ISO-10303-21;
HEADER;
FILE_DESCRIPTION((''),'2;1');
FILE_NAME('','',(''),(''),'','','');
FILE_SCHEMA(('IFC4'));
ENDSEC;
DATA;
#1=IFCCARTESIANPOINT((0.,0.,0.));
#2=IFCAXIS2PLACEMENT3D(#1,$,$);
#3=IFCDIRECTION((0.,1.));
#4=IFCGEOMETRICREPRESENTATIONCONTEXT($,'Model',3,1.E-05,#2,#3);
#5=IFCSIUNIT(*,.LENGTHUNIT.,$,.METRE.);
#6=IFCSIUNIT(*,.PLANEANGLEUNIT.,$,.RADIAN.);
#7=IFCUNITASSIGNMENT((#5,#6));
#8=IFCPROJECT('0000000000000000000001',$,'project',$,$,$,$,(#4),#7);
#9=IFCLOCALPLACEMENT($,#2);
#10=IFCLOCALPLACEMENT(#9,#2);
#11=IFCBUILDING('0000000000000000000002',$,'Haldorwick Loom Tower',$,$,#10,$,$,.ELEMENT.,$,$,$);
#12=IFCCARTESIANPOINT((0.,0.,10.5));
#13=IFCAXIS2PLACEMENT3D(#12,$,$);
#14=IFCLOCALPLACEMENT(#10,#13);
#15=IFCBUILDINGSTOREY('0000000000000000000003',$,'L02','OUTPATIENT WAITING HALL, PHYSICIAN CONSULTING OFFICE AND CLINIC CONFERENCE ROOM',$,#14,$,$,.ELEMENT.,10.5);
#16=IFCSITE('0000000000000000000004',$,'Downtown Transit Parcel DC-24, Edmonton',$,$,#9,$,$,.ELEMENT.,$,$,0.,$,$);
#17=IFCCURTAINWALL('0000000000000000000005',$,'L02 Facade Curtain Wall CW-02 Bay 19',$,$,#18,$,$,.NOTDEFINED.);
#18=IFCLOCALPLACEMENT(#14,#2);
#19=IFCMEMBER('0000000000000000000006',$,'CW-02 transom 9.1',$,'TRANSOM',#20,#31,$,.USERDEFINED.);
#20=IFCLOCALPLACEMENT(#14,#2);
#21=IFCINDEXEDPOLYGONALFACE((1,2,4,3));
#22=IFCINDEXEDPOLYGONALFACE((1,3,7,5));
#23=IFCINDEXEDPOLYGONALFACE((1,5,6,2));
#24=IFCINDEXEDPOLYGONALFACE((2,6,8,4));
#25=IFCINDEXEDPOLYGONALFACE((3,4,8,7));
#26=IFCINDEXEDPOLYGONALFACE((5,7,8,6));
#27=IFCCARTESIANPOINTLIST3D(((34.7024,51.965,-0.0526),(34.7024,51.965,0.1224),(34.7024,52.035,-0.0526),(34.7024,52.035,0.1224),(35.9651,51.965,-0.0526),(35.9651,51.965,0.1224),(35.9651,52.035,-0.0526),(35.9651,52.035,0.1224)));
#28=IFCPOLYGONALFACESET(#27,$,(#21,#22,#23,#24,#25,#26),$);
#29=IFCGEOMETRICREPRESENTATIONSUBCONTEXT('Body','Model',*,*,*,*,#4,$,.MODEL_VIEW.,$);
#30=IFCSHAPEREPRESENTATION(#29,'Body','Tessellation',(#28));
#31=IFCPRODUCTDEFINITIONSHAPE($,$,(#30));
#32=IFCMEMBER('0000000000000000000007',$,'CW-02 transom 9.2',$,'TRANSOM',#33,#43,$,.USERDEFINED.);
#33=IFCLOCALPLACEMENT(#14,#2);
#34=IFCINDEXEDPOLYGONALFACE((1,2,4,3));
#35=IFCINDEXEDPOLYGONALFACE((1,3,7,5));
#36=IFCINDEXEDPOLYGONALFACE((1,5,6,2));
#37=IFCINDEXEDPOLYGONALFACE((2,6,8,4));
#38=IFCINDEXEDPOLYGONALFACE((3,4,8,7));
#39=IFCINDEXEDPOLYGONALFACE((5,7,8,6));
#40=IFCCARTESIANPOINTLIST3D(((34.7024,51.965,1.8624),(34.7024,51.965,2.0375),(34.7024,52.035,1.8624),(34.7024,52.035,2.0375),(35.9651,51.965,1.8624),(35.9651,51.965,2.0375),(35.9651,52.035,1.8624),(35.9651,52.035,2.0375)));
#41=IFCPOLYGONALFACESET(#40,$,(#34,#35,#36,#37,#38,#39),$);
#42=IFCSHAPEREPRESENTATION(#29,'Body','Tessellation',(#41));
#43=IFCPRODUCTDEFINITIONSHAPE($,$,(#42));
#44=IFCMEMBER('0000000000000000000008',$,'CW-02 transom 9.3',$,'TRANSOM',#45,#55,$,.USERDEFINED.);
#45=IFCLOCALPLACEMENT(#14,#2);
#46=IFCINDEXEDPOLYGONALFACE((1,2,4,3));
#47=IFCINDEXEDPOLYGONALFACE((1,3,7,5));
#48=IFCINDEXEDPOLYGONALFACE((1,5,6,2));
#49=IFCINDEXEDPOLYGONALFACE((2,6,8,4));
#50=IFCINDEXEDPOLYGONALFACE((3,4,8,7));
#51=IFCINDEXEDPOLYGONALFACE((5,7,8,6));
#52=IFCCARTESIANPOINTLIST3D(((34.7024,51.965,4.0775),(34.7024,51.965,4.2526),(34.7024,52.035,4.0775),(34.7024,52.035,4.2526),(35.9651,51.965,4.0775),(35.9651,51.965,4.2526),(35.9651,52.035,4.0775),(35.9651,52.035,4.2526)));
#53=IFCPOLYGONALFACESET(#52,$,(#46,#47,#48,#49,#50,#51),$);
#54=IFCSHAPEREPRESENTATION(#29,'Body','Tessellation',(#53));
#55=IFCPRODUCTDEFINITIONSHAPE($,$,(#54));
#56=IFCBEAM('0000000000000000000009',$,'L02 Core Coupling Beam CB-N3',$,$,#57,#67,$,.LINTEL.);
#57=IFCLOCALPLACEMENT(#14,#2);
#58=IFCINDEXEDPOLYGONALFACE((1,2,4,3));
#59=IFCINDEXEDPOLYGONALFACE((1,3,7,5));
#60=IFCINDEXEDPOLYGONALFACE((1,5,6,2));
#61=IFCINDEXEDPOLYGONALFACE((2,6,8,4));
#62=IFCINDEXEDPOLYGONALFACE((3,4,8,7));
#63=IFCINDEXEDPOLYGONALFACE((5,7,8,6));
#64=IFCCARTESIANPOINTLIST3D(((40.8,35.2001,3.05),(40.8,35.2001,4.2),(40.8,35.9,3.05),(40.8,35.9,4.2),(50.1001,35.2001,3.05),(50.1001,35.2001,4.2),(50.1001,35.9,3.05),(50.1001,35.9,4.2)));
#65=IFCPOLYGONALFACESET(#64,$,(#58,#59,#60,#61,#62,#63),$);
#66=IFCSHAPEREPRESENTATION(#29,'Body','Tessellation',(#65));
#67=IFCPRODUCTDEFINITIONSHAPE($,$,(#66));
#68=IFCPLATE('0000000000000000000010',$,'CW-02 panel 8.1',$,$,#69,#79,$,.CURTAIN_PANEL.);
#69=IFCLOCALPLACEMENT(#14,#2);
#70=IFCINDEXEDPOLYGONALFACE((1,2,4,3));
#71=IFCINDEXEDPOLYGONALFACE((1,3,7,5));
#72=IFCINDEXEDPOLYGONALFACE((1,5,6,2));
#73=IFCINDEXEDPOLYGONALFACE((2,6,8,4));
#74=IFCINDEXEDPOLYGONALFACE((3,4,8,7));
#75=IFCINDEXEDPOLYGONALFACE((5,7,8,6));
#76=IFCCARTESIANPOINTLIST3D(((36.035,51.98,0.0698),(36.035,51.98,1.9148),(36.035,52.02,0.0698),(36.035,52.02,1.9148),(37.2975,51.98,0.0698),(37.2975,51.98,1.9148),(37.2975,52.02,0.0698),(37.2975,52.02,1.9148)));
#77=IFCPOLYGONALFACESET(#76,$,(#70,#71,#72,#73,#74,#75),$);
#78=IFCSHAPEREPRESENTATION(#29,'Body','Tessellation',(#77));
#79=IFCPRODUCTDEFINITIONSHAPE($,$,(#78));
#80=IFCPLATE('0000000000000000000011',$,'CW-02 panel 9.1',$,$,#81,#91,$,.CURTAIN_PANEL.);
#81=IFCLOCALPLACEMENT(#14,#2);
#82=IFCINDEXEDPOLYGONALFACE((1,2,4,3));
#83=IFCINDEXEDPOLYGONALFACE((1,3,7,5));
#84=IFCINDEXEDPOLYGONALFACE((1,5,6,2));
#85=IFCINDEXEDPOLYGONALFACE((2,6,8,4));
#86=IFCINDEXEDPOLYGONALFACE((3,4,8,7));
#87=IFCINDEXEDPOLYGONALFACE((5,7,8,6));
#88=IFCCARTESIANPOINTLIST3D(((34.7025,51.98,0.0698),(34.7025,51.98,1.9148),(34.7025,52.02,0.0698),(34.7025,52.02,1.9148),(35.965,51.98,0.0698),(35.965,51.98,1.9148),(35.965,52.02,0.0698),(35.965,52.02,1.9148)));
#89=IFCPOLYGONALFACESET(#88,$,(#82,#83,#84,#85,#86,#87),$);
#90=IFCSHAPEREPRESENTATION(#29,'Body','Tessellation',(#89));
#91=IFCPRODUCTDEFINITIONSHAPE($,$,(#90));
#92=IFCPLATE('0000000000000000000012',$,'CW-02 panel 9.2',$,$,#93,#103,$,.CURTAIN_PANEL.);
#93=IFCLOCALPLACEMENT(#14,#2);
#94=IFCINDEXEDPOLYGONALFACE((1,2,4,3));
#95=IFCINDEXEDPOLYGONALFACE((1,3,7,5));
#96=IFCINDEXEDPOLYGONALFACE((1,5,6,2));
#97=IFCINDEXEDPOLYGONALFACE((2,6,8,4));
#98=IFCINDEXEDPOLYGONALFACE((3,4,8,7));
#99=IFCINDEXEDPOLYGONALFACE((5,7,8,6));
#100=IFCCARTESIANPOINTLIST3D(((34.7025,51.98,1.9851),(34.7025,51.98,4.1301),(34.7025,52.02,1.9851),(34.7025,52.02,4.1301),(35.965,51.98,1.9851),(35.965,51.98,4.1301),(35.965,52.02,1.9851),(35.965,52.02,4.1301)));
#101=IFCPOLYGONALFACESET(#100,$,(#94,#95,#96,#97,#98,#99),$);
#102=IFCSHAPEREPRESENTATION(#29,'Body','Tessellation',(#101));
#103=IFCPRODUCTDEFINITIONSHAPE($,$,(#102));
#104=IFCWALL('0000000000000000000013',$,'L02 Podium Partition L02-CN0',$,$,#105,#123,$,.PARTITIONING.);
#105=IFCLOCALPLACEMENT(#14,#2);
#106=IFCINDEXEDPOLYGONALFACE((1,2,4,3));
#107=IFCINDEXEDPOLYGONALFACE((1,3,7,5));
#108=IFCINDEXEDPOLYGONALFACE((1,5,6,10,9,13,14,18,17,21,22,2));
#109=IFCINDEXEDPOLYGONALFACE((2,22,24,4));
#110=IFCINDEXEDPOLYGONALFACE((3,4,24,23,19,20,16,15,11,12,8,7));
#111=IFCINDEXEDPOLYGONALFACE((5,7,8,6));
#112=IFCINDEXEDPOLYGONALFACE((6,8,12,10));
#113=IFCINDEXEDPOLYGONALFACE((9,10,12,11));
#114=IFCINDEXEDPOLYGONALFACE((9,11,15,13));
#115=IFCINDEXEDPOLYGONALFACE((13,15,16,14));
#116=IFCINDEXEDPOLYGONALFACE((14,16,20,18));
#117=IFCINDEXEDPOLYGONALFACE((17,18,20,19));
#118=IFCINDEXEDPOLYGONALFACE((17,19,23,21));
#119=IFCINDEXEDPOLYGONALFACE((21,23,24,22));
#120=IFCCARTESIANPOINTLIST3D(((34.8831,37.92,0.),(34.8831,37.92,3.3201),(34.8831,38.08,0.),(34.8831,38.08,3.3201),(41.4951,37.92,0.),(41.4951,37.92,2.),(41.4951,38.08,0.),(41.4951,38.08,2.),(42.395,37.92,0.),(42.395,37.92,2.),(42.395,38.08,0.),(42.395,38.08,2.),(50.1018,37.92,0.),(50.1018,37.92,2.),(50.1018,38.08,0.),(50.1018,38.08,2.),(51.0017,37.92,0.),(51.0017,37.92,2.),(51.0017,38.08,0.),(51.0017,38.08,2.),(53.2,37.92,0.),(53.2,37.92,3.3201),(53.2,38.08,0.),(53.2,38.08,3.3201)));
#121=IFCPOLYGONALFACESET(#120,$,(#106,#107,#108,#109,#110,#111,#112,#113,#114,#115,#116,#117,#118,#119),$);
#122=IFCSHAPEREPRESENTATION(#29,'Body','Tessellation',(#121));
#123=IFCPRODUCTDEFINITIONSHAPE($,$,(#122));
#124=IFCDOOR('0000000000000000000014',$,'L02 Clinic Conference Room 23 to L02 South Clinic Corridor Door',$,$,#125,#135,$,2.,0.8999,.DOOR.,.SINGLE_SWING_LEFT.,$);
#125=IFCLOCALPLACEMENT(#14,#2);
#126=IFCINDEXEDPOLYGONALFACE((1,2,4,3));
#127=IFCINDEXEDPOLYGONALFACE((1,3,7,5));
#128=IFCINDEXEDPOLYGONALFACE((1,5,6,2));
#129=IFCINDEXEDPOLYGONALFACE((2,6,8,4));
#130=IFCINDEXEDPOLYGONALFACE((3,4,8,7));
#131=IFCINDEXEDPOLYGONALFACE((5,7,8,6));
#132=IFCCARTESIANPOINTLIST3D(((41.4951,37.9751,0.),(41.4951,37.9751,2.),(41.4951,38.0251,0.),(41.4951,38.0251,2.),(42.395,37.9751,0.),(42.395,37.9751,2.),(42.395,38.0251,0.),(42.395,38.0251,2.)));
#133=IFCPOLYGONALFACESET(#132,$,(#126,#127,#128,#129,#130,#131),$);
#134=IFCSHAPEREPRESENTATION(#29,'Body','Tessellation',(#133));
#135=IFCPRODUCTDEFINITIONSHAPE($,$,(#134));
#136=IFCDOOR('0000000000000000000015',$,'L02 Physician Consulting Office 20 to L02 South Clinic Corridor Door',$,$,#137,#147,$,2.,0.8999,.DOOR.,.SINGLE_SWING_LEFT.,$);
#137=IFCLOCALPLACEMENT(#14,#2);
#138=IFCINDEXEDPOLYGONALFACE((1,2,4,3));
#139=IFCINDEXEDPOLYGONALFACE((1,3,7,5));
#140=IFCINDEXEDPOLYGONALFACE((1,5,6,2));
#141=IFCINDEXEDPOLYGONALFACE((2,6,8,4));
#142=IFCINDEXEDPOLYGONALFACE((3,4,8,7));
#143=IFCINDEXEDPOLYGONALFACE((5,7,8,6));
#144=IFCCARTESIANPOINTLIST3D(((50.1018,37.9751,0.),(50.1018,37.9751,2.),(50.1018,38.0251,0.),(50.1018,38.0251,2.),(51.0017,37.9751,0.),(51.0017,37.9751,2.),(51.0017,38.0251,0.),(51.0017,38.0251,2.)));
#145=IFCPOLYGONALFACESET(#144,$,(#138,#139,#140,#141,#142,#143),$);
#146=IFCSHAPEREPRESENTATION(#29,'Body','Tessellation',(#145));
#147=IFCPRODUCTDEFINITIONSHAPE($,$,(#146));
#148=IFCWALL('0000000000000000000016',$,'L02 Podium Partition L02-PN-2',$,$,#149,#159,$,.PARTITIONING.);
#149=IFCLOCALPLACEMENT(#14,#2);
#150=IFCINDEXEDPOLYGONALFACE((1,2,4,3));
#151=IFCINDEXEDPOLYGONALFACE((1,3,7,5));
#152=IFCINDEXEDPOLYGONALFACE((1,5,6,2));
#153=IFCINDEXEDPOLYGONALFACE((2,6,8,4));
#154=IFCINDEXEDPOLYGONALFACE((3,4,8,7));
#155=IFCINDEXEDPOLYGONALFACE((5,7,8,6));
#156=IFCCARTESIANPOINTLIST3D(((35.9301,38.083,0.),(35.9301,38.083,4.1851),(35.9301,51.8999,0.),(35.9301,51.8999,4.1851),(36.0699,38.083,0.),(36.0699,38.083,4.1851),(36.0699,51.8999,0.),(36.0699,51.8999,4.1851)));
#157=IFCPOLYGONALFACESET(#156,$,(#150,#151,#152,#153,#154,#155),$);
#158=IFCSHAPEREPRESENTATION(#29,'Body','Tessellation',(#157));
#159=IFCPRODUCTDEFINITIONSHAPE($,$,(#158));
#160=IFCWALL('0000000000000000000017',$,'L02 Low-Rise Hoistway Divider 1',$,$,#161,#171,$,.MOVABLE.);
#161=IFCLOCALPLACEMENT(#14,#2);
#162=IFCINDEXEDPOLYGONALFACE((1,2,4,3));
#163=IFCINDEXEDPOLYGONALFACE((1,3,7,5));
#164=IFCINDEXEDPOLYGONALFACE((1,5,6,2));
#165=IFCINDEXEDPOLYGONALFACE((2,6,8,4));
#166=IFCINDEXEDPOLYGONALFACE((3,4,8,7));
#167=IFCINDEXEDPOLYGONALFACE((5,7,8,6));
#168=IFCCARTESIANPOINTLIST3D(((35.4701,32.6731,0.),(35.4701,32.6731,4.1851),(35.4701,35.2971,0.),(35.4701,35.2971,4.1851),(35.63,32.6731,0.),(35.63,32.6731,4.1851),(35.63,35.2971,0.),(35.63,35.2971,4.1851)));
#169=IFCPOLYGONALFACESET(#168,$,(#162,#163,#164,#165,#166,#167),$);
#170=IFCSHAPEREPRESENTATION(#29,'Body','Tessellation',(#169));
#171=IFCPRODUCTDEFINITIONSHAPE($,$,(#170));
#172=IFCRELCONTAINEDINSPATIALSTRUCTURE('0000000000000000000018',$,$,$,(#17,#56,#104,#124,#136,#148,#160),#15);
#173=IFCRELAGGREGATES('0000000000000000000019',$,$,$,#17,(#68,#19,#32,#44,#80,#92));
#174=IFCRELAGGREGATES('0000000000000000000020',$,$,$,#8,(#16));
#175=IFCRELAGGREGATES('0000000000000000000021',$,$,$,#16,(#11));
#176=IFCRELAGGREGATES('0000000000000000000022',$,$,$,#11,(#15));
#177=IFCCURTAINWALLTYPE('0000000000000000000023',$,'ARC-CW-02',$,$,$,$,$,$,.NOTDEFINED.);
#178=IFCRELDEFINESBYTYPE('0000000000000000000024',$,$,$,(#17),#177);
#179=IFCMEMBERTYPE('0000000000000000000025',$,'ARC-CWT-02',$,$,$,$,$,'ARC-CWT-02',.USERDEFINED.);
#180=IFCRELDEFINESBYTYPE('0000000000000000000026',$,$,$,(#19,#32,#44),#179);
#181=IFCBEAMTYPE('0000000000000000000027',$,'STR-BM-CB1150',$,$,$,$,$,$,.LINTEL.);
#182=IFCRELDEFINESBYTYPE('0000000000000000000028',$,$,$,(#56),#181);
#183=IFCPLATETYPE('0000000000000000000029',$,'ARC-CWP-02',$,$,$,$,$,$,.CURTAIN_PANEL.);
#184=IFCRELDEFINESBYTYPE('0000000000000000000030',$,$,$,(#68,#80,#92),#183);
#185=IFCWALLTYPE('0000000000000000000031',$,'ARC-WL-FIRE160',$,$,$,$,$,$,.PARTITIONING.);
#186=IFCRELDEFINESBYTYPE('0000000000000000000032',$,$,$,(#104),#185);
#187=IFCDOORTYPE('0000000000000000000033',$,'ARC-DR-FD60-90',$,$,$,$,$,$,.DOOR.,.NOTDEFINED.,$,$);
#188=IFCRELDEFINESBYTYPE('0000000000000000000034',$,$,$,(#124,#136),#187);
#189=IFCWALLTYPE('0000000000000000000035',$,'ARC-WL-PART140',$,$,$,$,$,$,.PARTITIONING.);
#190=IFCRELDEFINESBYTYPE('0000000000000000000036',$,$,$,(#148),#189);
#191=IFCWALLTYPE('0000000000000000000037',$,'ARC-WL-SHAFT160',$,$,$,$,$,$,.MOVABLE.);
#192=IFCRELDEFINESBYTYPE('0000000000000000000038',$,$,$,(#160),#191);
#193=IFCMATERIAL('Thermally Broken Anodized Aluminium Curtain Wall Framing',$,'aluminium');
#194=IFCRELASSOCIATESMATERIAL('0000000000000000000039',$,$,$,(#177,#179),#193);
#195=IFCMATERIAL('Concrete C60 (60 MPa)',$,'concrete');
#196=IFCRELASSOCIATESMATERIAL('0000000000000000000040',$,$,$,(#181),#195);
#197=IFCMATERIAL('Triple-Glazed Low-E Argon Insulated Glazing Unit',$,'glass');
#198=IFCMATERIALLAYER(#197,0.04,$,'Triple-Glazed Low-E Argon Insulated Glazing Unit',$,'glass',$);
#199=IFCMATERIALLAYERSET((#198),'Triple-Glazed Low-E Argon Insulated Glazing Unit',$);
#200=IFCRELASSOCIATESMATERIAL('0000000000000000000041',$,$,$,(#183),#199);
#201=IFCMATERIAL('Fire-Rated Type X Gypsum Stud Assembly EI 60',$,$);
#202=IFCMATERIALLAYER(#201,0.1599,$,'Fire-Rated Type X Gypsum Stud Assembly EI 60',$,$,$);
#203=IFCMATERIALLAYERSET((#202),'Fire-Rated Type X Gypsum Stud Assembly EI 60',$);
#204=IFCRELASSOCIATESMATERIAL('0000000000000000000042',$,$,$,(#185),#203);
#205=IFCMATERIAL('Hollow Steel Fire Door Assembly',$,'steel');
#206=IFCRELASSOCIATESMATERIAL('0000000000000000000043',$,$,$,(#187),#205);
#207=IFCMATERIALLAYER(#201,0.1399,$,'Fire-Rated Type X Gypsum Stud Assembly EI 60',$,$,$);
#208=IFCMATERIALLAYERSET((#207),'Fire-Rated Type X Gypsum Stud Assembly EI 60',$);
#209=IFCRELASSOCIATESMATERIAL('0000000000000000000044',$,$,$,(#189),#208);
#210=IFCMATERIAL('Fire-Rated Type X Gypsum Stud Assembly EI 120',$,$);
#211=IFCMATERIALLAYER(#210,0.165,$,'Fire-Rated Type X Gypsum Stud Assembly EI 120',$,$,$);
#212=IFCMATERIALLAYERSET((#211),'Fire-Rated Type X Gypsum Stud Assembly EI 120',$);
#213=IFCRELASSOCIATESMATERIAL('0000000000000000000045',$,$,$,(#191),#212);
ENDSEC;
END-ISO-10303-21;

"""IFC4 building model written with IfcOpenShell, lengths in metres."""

from ifc_helpers import new_model, si_unit, direction, frame, frame_2d, origin, origin_2d, place, context, subcontext, project, spatial, rectangle, extrude, material, layer, layer_set, material_profile, profile_set, type_object, element, fill, aggregate, save


model = new_model("IFC4")

# Units and contexts
model_context = context("Model", 3, precision=1e-05, world=origin(), true_north=direction((0.0, 1.0)))
body_context = subcontext(model_context, "Body", "Model", "MODEL_VIEW")
ifc_project = project(units=[si_unit("LENGTHUNIT", "METRE"), si_unit("PLANEANGLEUNIT", "RADIAN")], contexts=[model_context])

# Site, building, storey
site_placement = place(None, origin())
site = spatial("IfcSite", under=ifc_project, at=site_placement, Name="Downtown Transit Parcel DC-24, Edmonton", CompositionType="ELEMENT", RefElevation=0.0)
building_placement = place(site_placement, origin())
building = spatial("IfcBuilding", under=site, at=building_placement, Name="Haldorwick Loom Tower", CompositionType="ELEMENT")
storey_placement = place(building_placement, frame((0.0, 0.0, 10.5)))
storey = spatial("IfcBuildingStorey", under=building, at=storey_placement, Name="L02", Description="OUTPATIENT WAITING HALL, PHYSICIAN CONSULTING OFFICE AND CLINIC CONFERENCE ROOM", CompositionType="ELEMENT", Elevation=10.5)

# Curtain wall, members
ifc_material_1 = material(Name="Thermally Broken Anodized Aluminium Curtain Wall Framing", Category="aluminium")
curtain_wall_type = type_object("IfcCurtainWallType", Name="ARC-CW-02", PredefinedType="NOTDEFINED", material=ifc_material_1)
curtain_wall_placement = place(storey_placement, origin())
curtain_wall = element("IfcCurtainWall", 1, at=curtain_wall_placement, inside=storey, type_object=curtain_wall_type, Name="L02 Facade Curtain Wall CW-02 Bay 19", PredefinedType="NOTDEFINED")
ifc_material_profile_1 = material_profile(ifc_material_1, rectangle(XDim=0.0701, YDim=0.175, at=origin_2d()), Name="ALU_TRN_70X175", Category="aluminium")
ifc_profile_set_1 = profile_set([ifc_material_profile_1], Name="Thermally Broken Anodized Aluminium Curtain Wall Framing")
member_type_1 = type_object("IfcMemberType", Name="ARC-CWT-02", ElementType="ARC-CWT-02", PredefinedType="USERDEFINED", material=ifc_profile_set_1)
member_1_placement = place(storey_placement, frame((35.9651, 52.0, 0.0349), z_axis=(-1.0, 0.0, 0.0), x_axis=(0.0, -1.0, 0.0)))
member_1 = element("IfcMember", 2, at=member_1_placement, type_object=member_type_1, Name="CW-02 transom 9.1", ObjectType="TRANSOM", PredefinedType="USERDEFINED", context=body_context, shape_type="SweptSolid", body=[
    extrude(rectangle(XDim=0.0701, YDim=0.175, at=origin_2d()), origin(), (0.0, 0.0, 1.0), 1.2627),
])
member_2_placement = place(storey_placement, frame((35.9651, 52.0, 1.95), z_axis=(-1.0, 0.0, 0.0), x_axis=(0.0, -1.0, 0.0)))
member_2 = element("IfcMember", 3, at=member_2_placement, type_object=member_type_1, Name="CW-02 transom 9.2", ObjectType="TRANSOM", PredefinedType="USERDEFINED", context=body_context, shape_type="SweptSolid", body=[
    extrude(rectangle(XDim=0.0701, YDim=0.175, at=origin_2d()), origin(), (0.0, 0.0, 1.0), 1.2627),
])
member_3_placement = place(storey_placement, frame((35.9651, 52.0, 4.165), z_axis=(-1.0, 0.0, 0.0), x_axis=(0.0, -1.0, 0.0)))
member_3 = element("IfcMember", 4, at=member_3_placement, type_object=member_type_1, Name="CW-02 transom 9.3", ObjectType="TRANSOM", PredefinedType="USERDEFINED", context=body_context, shape_type="SweptSolid", body=[
    extrude(rectangle(XDim=0.0701, YDim=0.175, at=origin_2d()), origin(), (0.0, 0.0, 1.0), 1.2627),
])

# Beam
ifc_material_2 = material(Name="Concrete C60 (60 MPa)", Category="concrete")
ifc_material_profile_2 = material_profile(ifc_material_2, rectangle(XDim=0.7, YDim=1.1499, at=origin_2d()), Name="RC700X1150", Category="concrete")
ifc_profile_set_2 = profile_set([ifc_material_profile_2], Name="Concrete C60 (60 MPa)")
beam_type = type_object("IfcBeamType", Name="STR-BM-CB1150", PredefinedType="LINTEL", material=ifc_profile_set_2)
beam_placement = place(storey_placement, frame((40.8, 35.55, 3.625), z_axis=(1.0, 0.0, 0.0), x_axis=(0.0, 1.0, 0.0)))
element("IfcBeam", 5, at=beam_placement, inside=storey, type_object=beam_type, Name="L02 Core Coupling Beam CB-N3", PredefinedType="LINTEL", context=body_context, shape_type="SweptSolid", body=[
    extrude(rectangle(XDim=0.7, YDim=1.1499, at=origin_2d()), origin(), (0.0, 0.0, 1.0), 9.3),
])

# Plates
ifc_material_3 = material(Name="Triple-Glazed Low-E Argon Insulated Glazing Unit", Category="glass")
ifc_layer_1 = layer(ifc_material_3, 0.04, Name="Triple-Glazed Low-E Argon Insulated Glazing Unit", Category="glass")
ifc_layer_set_1 = layer_set([ifc_layer_1], Name="Triple-Glazed Low-E Argon Insulated Glazing Unit")
plate_type = type_object("IfcPlateType", Name="ARC-CWP-02", PredefinedType="CURTAIN_PANEL", material=ifc_layer_set_1)
plate_1_placement = place(storey_placement, frame((36.6663, 52.0, 0.0698), z_axis=(0.0, 0.0, 1.0), x_axis=(-1.0, 0.0, 0.0)))
plate_1 = element("IfcPlate", 6, at=plate_1_placement, type_object=plate_type, Name="CW-02 panel 8.1", PredefinedType="CURTAIN_PANEL", context=body_context, shape_type="SweptSolid", body=[
    extrude(rectangle(XDim=1.2625, YDim=0.04, at=origin_2d()), origin(), (0.0, 0.0, 1.0), 1.845),
])
plate_2_placement = place(storey_placement, frame((35.3337, 52.0, 0.0698), z_axis=(0.0, 0.0, 1.0), x_axis=(-1.0, 0.0, 0.0)))
plate_2 = element("IfcPlate", 7, at=plate_2_placement, type_object=plate_type, Name="CW-02 panel 9.1", PredefinedType="CURTAIN_PANEL", context=body_context, shape_type="SweptSolid", body=[
    extrude(rectangle(XDim=1.2625, YDim=0.04, at=origin_2d()), origin(), (0.0, 0.0, 1.0), 1.845),
])
plate_3_placement = place(storey_placement, frame((35.3337, 52.0, 1.9851), z_axis=(0.0, 0.0, 1.0), x_axis=(-1.0, 0.0, 0.0)))
plate_3 = element("IfcPlate", 8, at=plate_3_placement, type_object=plate_type, Name="CW-02 panel 9.2", PredefinedType="CURTAIN_PANEL", context=body_context, shape_type="SweptSolid", body=[
    extrude(rectangle(XDim=1.2625, YDim=0.04, at=origin_2d()), origin(), (0.0, 0.0, 1.0), 2.145),
])
aggregate(curtain_wall, [plate_1, member_1, member_2, member_3, plate_2, plate_3])

# Wall, openings, doors
ifc_material_4 = material(Name="Fire-Rated Type X Gypsum Stud Assembly EI 60")
ifc_layer_2 = layer(ifc_material_4, 0.1599, Name="Fire-Rated Type X Gypsum Stud Assembly EI 60")
ifc_layer_set_2 = layer_set([ifc_layer_2], Name="Fire-Rated Type X Gypsum Stud Assembly EI 60")
wall_type_1 = type_object("IfcWallType", Name="ARC-WL-FIRE160", PredefinedType="PARTITIONING", material=ifc_layer_set_2)
wall_1_placement = place(storey_placement, frame((34.8831, 38.0, 0.0), z_axis=(0.0, 0.0, 1.0), x_axis=(1.0, 0.0, 0.0)))
wall_1 = element("IfcWall", 9, at=wall_1_placement, inside=storey, type_object=wall_type_1, Name="L02 Podium Partition L02-CN0", PredefinedType="PARTITIONING", context=body_context, shape_type="SweptSolid", body=[
    extrude(rectangle(XDim=18.3169, YDim=0.1599, at=frame_2d((9.1584, 0.0))), origin(), (0.0, 0.0, 1.0), 3.3201),
])
opening_1_placement = place(wall_1_placement, frame((6.6121, 0.0, 0.0)))
opening_1 = element("IfcOpeningElement", 10, at=opening_1_placement, cuts=wall_1, PredefinedType="OPENING", context=body_context, shape_type="SweptSolid", body=[
    extrude(rectangle(XDim=0.8999, YDim=2.0, at=frame_2d((0.45, 1.0))), frame((0.0, 0.0898, 0.0), z_axis=(0.0, -1.0, 0.0), x_axis=(1.0, 0.0, 0.0)), (0.0, 0.0, 1.0), 0.1799),
])
opening_2_placement = place(wall_1_placement, frame((15.2188, 0.0, 0.0)))
opening_2 = element("IfcOpeningElement", 11, at=opening_2_placement, cuts=wall_1, PredefinedType="OPENING", context=body_context, shape_type="SweptSolid", body=[
    extrude(rectangle(XDim=0.8999, YDim=2.0, at=frame_2d((0.45, 1.0))), frame((0.0, 0.0898, 0.0), z_axis=(0.0, -1.0, 0.0), x_axis=(1.0, 0.0, 0.0)), (0.0, 0.0, 1.0), 0.1799),
])
ifc_material_5 = material(Name="Hollow Steel Fire Door Assembly", Category="steel")
door_type = type_object("IfcDoorType", Name="ARC-DR-FD60-90", OperationType="NOTDEFINED", PredefinedType="DOOR", material=ifc_material_5)
door_1_placement = place(opening_1_placement, frame((0.8999, 0.0, 0.0), z_axis=(0.0, 0.0, 1.0), x_axis=(-1.0, 0.0, 0.0)))
door_1 = element("IfcDoor", 12, at=door_1_placement, inside=storey, type_object=door_type, Name="L02 Clinic Conference Room 23 to L02 South Clinic Corridor Door", OperationType="SINGLE_SWING_LEFT", OverallHeight=2.0, OverallWidth=0.8999, PredefinedType="DOOR", context=body_context, shape_type="SweptSolid", body=[
    extrude(rectangle(XDim=0.8999, YDim=2.0, at=frame_2d((0.45, 1.0))), frame((0.0, 0.0249, 0.0), z_axis=(0.0, -1.0, 0.0), x_axis=(1.0, 0.0, 0.0)), (0.0, 0.0, 1.0), 0.05),
])
fill(opening_1, door_1)
door_2_placement = place(opening_2_placement, frame((0.8999, 0.0, 0.0), z_axis=(0.0, 0.0, 1.0), x_axis=(-1.0, 0.0, 0.0)))
door_2 = element("IfcDoor", 13, at=door_2_placement, inside=storey, type_object=door_type, Name="L02 Physician Consulting Office 20 to L02 South Clinic Corridor Door", OperationType="SINGLE_SWING_LEFT", OverallHeight=2.0, OverallWidth=0.8999, PredefinedType="DOOR", context=body_context, shape_type="SweptSolid", body=[
    extrude(rectangle(XDim=0.8999, YDim=2.0, at=frame_2d((0.45, 1.0))), frame((0.0, 0.0249, 0.0), z_axis=(0.0, -1.0, 0.0), x_axis=(1.0, 0.0, 0.0)), (0.0, 0.0, 1.0), 0.05),
])
fill(opening_2, door_2)

# Walls
ifc_layer_3 = layer(ifc_material_4, 0.1399, Name="Fire-Rated Type X Gypsum Stud Assembly EI 60")
ifc_layer_set_3 = layer_set([ifc_layer_3], Name="Fire-Rated Type X Gypsum Stud Assembly EI 60")
wall_type_2 = type_object("IfcWallType", Name="ARC-WL-PART140", PredefinedType="PARTITIONING", material=ifc_layer_set_3)
wall_2_placement = place(storey_placement, frame((36.0, 38.083, 0.0), z_axis=(0.0, 0.0, 1.0), x_axis=(0.0, 1.0, 0.0)))
element("IfcWall", 14, at=wall_2_placement, inside=storey, type_object=wall_type_2, Name="L02 Podium Partition L02-PN-2", PredefinedType="PARTITIONING", context=body_context, shape_type="SweptSolid", body=[
    extrude(rectangle(XDim=13.8169, YDim=0.1399, at=frame_2d((6.9084, 0.0))), origin(), (0.0, 0.0, 1.0), 4.1851),
])
ifc_material_6 = material(Name="Fire-Rated Type X Gypsum Stud Assembly EI 120")
ifc_layer_4 = layer(ifc_material_6, 0.165, Name="Fire-Rated Type X Gypsum Stud Assembly EI 120")
ifc_layer_set_4 = layer_set([ifc_layer_4], Name="Fire-Rated Type X Gypsum Stud Assembly EI 120")
wall_type_3 = type_object("IfcWallType", Name="ARC-WL-SHAFT160", PredefinedType="MOVABLE", material=ifc_layer_set_4)
for number, where, z_axis, x_axis, name in (
    (15, (35.55, 32.6731, 0.0), (0.0, 0.0, 1.0), (0.0, 1.0, 0.0), "L02 Low-Rise Hoistway Divider 1"),
):
    element("IfcWall", number, at=place(storey_placement, frame(where, z_axis=z_axis, x_axis=x_axis)), inside=storey, type_object=wall_type_3, Name=name, PredefinedType="MOVABLE", context=body_context, shape_type="SweptSolid", body=[
        extrude(rectangle(XDim=2.624, YDim=0.1599, at=frame_2d((1.312, 0.0))), origin(), (0.0, 0.0, 1.0), 4.1851),
    ])

save(model, "model.ifc")
